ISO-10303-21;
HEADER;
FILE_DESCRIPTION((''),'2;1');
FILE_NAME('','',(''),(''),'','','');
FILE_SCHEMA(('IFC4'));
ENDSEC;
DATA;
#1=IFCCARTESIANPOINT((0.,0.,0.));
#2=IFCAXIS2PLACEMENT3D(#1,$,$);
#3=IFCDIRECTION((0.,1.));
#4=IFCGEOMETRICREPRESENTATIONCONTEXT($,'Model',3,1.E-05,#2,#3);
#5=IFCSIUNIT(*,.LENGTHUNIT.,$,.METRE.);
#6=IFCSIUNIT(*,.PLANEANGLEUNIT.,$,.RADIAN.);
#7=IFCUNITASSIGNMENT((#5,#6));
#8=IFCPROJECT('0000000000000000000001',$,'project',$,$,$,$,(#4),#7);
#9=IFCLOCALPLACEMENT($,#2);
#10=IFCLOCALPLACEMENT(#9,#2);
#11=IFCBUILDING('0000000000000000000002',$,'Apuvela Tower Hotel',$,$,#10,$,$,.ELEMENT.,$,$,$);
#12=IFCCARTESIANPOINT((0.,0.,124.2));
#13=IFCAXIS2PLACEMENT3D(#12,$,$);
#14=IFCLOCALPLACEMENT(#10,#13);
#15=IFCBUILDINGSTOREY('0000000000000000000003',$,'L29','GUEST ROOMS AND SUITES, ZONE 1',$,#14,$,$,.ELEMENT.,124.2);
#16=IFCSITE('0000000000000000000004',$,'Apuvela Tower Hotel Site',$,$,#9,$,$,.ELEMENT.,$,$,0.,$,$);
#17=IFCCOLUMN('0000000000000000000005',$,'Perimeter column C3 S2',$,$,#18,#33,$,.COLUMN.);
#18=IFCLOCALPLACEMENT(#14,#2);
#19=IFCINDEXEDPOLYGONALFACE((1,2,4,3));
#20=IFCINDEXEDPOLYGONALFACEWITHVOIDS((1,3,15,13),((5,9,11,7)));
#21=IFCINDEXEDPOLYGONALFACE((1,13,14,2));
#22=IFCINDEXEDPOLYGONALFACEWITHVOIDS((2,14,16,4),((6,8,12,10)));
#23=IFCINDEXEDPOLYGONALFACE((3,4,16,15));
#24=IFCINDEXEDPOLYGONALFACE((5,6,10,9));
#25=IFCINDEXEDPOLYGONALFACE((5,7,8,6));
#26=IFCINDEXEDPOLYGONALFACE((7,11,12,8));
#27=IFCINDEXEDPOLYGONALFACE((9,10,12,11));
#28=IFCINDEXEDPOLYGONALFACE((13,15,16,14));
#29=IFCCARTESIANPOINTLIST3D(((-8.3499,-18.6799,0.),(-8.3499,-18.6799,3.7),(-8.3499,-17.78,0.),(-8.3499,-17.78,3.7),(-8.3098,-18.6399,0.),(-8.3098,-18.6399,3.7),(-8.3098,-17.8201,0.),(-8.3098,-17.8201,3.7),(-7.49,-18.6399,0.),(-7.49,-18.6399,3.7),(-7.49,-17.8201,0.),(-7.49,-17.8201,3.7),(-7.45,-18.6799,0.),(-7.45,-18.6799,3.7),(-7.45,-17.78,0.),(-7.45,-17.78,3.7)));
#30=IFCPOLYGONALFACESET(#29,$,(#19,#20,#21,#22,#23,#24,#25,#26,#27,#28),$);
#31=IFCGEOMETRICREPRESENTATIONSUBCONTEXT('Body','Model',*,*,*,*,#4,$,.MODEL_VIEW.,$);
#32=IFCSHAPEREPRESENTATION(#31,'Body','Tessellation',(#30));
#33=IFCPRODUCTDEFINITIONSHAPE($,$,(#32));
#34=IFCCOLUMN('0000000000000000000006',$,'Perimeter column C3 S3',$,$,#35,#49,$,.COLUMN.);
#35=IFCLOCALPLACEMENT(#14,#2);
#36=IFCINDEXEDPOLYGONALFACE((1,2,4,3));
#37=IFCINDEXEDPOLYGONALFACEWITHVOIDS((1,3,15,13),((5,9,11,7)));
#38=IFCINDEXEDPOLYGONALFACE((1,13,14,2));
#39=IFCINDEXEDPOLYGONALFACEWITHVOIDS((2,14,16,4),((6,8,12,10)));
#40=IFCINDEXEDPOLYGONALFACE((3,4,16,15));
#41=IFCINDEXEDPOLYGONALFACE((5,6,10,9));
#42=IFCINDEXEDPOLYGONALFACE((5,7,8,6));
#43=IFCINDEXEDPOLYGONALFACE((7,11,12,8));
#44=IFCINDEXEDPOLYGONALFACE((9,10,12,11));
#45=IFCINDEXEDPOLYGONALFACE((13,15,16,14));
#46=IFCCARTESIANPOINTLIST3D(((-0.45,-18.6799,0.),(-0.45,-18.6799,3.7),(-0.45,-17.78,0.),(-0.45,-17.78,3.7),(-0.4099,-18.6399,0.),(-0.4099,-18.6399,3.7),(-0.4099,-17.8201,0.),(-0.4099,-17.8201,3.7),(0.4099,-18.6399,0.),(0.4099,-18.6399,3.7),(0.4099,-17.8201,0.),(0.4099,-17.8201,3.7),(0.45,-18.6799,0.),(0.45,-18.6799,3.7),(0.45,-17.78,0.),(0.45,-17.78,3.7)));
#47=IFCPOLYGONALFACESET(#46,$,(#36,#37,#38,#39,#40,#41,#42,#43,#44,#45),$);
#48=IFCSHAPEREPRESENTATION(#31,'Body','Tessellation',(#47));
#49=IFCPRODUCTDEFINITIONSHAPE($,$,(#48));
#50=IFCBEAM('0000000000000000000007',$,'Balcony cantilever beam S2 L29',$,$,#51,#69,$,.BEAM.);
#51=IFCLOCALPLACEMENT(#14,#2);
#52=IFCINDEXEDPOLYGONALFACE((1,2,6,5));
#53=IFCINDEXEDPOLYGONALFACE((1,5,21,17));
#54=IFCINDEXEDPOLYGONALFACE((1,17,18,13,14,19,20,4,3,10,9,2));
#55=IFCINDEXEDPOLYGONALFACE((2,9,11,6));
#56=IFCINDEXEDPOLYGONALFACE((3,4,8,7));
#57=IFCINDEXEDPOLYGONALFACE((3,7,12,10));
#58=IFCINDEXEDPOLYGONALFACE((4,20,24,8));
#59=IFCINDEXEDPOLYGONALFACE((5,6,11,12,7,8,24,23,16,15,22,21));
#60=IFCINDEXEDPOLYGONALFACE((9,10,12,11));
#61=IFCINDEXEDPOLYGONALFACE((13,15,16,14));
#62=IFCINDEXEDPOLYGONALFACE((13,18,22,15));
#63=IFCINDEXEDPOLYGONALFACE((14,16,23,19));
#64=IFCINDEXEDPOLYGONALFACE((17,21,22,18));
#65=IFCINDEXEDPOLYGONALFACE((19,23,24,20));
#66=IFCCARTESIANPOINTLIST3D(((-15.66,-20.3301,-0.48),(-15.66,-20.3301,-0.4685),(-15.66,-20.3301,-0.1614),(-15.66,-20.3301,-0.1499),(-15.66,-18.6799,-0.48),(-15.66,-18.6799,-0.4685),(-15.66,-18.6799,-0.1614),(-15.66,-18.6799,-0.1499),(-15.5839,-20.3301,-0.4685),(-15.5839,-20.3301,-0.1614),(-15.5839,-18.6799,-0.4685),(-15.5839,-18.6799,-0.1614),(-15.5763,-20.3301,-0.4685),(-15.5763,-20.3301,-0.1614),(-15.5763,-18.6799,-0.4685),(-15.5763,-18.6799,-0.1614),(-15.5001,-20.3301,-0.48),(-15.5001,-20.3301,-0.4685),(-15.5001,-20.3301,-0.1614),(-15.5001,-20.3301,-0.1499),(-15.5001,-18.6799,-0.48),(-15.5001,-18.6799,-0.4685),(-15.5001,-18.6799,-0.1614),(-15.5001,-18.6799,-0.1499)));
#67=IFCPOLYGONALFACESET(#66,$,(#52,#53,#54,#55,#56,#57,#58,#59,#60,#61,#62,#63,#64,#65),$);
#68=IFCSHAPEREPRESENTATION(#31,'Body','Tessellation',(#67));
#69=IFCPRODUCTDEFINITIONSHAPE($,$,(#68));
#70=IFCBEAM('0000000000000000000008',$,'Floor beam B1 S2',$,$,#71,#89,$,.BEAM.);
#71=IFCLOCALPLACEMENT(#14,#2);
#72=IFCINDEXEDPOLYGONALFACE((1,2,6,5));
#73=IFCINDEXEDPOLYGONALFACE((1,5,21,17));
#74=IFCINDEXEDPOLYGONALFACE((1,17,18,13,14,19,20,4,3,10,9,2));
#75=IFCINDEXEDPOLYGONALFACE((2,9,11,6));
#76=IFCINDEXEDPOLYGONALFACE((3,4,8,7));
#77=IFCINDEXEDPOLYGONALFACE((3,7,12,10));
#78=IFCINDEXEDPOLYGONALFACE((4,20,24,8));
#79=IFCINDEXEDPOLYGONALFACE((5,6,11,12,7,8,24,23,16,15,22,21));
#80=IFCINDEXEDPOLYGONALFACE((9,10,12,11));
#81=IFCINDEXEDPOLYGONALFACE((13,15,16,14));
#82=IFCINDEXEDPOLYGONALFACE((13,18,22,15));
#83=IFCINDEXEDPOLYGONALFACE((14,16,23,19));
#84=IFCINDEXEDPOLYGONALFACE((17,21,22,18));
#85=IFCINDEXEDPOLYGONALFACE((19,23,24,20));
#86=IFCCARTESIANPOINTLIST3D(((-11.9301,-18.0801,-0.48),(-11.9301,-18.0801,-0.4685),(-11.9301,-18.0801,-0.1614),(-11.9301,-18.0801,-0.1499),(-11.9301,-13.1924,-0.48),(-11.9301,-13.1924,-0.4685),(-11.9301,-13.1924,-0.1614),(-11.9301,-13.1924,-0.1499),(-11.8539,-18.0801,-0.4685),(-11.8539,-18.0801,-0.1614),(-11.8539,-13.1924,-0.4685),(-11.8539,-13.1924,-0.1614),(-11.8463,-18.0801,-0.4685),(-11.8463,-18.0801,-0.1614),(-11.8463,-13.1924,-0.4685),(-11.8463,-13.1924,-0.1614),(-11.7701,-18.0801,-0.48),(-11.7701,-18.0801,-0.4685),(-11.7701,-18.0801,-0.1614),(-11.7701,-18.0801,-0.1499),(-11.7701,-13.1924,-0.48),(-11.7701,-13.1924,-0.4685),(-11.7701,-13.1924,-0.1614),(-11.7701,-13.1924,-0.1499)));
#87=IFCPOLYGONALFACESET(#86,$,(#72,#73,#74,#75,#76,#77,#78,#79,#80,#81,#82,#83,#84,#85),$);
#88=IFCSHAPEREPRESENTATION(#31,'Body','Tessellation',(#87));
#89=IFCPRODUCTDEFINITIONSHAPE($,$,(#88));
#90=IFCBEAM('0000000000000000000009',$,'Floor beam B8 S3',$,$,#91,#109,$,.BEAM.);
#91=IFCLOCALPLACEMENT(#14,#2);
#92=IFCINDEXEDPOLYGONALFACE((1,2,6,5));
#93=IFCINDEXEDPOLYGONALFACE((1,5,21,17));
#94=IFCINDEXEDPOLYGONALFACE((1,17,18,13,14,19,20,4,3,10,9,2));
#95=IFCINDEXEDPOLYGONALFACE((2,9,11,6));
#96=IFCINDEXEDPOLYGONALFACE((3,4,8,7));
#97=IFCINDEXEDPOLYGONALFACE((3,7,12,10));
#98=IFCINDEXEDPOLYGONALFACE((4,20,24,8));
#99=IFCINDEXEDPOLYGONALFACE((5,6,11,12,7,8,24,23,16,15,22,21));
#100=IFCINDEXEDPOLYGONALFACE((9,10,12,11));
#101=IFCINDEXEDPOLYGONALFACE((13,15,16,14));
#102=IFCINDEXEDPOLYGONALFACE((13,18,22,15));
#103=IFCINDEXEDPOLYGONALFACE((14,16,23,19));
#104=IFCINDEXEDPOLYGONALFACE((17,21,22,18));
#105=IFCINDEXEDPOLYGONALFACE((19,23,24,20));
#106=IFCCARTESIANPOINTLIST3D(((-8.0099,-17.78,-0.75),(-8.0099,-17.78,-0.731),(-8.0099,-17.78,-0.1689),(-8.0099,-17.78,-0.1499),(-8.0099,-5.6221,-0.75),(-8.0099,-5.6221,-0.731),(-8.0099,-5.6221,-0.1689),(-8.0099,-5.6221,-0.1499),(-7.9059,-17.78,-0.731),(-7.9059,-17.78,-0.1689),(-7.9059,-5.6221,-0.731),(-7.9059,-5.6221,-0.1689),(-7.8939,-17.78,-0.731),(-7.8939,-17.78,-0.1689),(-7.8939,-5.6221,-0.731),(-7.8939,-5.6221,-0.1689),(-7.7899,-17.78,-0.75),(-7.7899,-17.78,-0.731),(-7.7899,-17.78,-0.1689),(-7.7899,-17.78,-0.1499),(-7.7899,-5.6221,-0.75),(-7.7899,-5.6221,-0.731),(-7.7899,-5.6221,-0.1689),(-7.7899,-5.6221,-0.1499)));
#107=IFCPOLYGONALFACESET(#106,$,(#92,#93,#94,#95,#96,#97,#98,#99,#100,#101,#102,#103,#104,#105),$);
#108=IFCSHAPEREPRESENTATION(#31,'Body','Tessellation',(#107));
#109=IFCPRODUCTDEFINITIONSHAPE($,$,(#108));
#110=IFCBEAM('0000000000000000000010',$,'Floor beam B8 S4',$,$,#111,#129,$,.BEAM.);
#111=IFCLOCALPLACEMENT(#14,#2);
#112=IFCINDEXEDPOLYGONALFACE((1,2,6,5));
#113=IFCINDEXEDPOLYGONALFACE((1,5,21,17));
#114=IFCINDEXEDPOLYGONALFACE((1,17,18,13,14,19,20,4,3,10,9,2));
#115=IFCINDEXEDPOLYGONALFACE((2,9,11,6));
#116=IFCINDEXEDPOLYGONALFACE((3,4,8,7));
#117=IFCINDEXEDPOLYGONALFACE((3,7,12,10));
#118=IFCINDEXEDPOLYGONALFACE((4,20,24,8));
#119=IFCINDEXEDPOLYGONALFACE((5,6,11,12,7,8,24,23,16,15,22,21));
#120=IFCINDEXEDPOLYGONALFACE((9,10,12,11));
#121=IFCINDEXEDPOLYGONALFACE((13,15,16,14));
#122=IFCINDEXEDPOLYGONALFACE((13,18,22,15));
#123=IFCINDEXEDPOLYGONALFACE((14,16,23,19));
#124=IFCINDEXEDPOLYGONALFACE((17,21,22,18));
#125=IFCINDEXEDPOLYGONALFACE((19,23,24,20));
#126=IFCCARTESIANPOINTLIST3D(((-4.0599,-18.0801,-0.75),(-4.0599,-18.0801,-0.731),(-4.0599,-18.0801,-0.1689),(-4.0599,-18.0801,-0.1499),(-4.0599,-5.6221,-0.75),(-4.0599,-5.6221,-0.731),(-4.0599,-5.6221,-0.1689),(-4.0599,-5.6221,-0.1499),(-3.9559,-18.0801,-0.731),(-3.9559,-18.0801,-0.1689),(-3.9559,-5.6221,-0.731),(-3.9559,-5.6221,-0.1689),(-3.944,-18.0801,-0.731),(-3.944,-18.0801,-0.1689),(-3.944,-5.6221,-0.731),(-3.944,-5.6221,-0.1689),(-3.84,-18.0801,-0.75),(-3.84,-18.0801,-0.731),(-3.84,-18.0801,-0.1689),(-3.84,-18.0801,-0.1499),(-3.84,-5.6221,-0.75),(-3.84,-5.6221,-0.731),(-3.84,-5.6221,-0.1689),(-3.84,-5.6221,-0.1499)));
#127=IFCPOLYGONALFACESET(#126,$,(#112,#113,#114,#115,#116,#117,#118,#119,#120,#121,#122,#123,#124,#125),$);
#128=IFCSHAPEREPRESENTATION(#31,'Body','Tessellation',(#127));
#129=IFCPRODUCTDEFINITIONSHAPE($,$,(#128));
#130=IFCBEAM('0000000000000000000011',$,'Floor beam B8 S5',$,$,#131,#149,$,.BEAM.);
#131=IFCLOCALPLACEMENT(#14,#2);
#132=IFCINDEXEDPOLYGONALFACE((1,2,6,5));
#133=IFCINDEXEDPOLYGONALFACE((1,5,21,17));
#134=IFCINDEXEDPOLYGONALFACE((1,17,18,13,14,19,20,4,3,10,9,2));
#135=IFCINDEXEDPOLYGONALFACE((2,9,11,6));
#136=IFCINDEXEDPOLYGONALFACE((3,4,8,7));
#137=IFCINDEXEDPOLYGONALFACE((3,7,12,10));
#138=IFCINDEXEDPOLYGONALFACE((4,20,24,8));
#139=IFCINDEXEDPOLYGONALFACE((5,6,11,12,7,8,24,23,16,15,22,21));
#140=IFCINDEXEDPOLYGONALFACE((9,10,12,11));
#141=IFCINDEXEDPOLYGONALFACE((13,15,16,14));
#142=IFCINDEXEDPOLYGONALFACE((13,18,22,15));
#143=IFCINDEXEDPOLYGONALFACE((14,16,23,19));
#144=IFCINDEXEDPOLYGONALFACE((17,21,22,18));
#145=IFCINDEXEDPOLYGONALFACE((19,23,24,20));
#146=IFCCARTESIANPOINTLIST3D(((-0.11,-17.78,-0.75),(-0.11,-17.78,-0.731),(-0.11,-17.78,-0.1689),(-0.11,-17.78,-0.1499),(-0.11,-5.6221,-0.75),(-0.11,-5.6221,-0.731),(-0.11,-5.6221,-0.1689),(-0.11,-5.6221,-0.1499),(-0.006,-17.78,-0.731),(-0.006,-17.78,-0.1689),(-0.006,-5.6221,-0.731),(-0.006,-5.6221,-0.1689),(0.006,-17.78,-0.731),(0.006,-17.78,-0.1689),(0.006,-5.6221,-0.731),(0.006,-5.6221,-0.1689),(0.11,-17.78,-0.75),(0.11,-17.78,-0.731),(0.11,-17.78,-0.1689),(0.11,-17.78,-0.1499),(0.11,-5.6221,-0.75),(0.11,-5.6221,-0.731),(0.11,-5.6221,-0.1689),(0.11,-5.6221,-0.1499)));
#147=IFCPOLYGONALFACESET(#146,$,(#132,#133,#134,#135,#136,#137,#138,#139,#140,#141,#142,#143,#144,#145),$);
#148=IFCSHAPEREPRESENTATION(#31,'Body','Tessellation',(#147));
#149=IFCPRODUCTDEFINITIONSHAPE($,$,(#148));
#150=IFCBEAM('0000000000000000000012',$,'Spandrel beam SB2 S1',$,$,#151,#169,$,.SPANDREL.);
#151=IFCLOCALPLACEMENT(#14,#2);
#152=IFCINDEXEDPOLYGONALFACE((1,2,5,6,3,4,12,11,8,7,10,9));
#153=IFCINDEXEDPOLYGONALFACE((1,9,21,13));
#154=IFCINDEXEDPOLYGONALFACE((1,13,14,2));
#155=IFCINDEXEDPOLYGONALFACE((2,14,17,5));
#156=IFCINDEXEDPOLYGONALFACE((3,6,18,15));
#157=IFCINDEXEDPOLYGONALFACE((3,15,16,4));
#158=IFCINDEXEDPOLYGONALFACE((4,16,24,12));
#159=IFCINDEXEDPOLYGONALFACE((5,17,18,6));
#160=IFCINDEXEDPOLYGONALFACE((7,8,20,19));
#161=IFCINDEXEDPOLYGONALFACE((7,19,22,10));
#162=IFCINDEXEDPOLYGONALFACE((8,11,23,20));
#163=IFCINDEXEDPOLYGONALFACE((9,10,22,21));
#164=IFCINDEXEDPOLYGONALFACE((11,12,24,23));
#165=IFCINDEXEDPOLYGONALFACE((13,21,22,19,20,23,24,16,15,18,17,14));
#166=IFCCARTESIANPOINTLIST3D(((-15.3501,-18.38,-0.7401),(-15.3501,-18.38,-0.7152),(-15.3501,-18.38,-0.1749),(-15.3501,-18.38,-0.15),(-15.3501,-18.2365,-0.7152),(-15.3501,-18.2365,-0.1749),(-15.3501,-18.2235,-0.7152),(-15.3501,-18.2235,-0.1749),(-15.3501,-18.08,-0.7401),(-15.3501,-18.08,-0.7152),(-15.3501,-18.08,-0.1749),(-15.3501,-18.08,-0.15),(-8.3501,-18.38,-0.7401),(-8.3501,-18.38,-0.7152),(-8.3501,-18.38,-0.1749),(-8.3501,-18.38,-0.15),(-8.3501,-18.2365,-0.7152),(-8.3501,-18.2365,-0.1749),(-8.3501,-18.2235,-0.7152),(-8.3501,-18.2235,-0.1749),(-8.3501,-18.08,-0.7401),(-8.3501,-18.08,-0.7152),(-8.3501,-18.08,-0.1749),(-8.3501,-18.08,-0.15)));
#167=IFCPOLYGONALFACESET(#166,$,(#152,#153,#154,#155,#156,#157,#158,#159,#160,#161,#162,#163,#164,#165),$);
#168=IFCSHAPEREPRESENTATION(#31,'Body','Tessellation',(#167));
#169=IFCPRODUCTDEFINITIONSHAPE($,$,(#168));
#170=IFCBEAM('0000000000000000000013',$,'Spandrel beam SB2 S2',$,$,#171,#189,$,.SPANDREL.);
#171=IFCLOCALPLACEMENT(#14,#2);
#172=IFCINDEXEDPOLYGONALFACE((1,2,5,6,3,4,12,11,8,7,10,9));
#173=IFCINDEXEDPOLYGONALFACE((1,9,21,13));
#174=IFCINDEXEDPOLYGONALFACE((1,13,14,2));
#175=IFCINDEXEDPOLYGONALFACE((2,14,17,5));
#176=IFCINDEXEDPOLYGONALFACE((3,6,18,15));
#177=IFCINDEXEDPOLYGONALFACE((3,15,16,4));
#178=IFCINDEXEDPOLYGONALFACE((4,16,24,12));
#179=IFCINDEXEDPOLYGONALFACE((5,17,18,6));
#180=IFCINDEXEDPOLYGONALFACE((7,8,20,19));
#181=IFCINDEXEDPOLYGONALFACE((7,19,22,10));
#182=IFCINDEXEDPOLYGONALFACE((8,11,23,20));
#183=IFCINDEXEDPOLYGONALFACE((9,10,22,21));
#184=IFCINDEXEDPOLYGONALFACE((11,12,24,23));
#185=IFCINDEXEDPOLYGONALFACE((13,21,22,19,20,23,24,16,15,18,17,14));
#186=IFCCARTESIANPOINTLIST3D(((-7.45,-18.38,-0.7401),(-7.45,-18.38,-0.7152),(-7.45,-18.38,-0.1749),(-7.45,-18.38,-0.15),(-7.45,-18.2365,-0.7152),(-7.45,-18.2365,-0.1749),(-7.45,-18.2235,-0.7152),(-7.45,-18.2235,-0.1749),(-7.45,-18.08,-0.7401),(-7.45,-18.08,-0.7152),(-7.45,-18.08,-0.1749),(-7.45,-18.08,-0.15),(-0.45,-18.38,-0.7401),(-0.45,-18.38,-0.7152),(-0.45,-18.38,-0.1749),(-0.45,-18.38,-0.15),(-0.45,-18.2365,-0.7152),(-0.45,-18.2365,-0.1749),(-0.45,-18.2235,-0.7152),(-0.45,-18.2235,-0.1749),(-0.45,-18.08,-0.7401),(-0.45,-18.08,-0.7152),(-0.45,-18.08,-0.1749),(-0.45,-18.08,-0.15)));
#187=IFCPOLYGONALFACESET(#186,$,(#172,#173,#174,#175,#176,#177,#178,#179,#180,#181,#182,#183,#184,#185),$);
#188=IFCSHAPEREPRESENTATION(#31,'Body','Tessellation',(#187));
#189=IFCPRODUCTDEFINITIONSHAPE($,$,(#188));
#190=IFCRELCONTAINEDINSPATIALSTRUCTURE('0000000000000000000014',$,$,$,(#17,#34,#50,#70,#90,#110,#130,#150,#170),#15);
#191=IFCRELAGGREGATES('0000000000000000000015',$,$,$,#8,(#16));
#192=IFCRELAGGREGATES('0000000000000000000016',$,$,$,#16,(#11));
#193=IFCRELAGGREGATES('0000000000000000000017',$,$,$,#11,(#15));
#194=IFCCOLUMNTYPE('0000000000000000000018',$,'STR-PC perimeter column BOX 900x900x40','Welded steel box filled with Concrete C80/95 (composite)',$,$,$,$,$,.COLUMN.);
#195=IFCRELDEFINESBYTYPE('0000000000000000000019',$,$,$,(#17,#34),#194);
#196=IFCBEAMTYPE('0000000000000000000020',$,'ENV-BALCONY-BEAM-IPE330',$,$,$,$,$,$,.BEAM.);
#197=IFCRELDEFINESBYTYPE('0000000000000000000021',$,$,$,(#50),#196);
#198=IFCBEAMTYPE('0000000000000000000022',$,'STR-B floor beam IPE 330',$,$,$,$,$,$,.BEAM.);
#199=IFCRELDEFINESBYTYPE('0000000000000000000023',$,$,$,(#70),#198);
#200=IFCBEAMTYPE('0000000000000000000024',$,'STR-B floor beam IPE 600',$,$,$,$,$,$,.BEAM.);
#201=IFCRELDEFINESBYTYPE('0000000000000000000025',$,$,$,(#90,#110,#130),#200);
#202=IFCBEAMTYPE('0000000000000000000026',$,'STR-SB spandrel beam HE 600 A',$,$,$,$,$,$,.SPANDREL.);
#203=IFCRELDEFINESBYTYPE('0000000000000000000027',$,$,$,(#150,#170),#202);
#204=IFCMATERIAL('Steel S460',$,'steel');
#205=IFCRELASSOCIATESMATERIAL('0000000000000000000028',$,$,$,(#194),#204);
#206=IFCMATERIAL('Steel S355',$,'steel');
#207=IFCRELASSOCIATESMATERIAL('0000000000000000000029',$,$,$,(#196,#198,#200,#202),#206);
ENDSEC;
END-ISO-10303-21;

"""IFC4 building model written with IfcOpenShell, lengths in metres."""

from ifc_helpers import new_model, si_unit, direction, frame, origin, origin_2d, place, context, subcontext, project, spatial, rectangle, hollow_rectangle, i_section, extrude, material, material_profile, profile_set, type_object, element, save


model = new_model("IFC4")

# Units and contexts
model_context = context("Model", 3, precision=1e-05, world=origin(), true_north=direction((0.0, 1.0)))
body_context = subcontext(model_context, "Body", "Model", "MODEL_VIEW")
ifc_project = project(units=[si_unit("LENGTHUNIT", "METRE"), si_unit("PLANEANGLEUNIT", "RADIAN")], contexts=[model_context])

# Site, building, storey
site_placement = place(None, origin())
site = spatial("IfcSite", under=ifc_project, at=site_placement, Name="Apuvela Tower Hotel Site", CompositionType="ELEMENT", RefElevation=0.0)
building_placement = place(site_placement, origin())
building = spatial("IfcBuilding", under=site, at=building_placement, Name="Apuvela Tower Hotel", CompositionType="ELEMENT")
storey_placement = place(building_placement, frame((0.0, 0.0, 124.2)))
storey = spatial("IfcBuildingStorey", under=building, at=storey_placement, Name="L29", Description="GUEST ROOMS AND SUITES, ZONE 1", CompositionType="ELEMENT", Elevation=124.2)

# Columns
ifc_material_1 = material(Name="Steel S460", Category="steel")
ifc_material_profile_1 = material_profile(ifc_material_1, hollow_rectangle(XDim=0.8999, YDim=0.8999, WallThickness=0.04, at=origin_2d()), Name="BOX 900x900x40")
ifc_material_2 = material(Name="Concrete C80/95", Category="concrete")
ifc_material_profile_2 = material_profile(ifc_material_2, rectangle(XDim=0.8201, YDim=0.8201, at=origin_2d()), Name="Concrete C80/95 infill")
ifc_profile_set_1 = profile_set([ifc_material_profile_1, ifc_material_profile_2], Name="Steel S460")
column_type = type_object("IfcColumnType", Name="STR-PC perimeter column BOX 900x900x40", Description="Welded steel box filled with Concrete C80/95 (composite)", PredefinedType="COLUMN", material=ifc_profile_set_1)
for number, where, z_axis, x_axis, name in (
    (1, (-7.8999, -18.23, 0.0), (0.0, 0.0, 1.0), (-1.0, 0.0, 0.0), "Perimeter column C3 S2"),
    (2, (0.0, -18.23, 0.0), (0.0, 0.0, 1.0), (-1.0, 0.0, 0.0), "Perimeter column C3 S3"),
):
    element("IfcColumn", number, at=place(storey_placement, frame(where, z_axis=z_axis, x_axis=x_axis)), inside=storey, type_object=column_type, Name=name, PredefinedType="COLUMN", context=body_context, shape_type="SweptSolid", body=[
        extrude(hollow_rectangle(XDim=0.8999, YDim=0.8999, WallThickness=0.04, at=origin_2d()), origin(), (0.0, 0.0, 1.0), 3.7),
    ])

# Beams
ifc_material_3 = material(Name="Steel S355", Category="steel")
ifc_material_profile_3 = material_profile(ifc_material_3, i_section(OverallWidth=0.1599, OverallDepth=0.3301, WebThickness=0.0076, FlangeThickness=0.0115, at=origin_2d()), Name="IPE 330")
ifc_profile_set_2 = profile_set([ifc_material_profile_3], Name="Steel S355")
beam_type_1 = type_object("IfcBeamType", Name="ENV-BALCONY-BEAM-IPE330", PredefinedType="BEAM", material=ifc_profile_set_2)
beam_1_placement = place(storey_placement, frame((-15.5801, -18.6799, -0.3149), z_axis=(0.0, -1.0, 0.0), x_axis=(1.0, 0.0, 0.0)))
element("IfcBeam", 3, at=beam_1_placement, inside=storey, type_object=beam_type_1, Name="Balcony cantilever beam S2 L29", PredefinedType="BEAM", context=body_context, shape_type="SweptSolid", body=[
    extrude(i_section(OverallWidth=0.1599, OverallDepth=0.3301, WebThickness=0.0076, FlangeThickness=0.0115, at=origin_2d()), origin(), (0.0, 0.0, 1.0), 1.6501),
])
ifc_material_profile_4 = material_profile(ifc_material_3, i_section(OverallWidth=0.1599, OverallDepth=0.3301, WebThickness=0.0076, FlangeThickness=0.0115, at=origin_2d()), Name="IPE 330")
ifc_profile_set_3 = profile_set([ifc_material_profile_4], Name="Steel S355")
beam_type_2 = type_object("IfcBeamType", Name="STR-B floor beam IPE 330", PredefinedType="BEAM", material=ifc_profile_set_3)
beam_2_placement = place(storey_placement, frame((-11.8501, -18.0801, -0.3149), z_axis=(0.0, 1.0, 0.0), x_axis=(-1.0, 0.0, 0.0)))
element("IfcBeam", 4, at=beam_2_placement, inside=storey, type_object=beam_type_2, Name="Floor beam B1 S2", PredefinedType="BEAM", context=body_context, shape_type="SweptSolid", body=[
    extrude(i_section(OverallWidth=0.1599, OverallDepth=0.3301, WebThickness=0.0076, FlangeThickness=0.0115, at=origin_2d()), origin(), (0.0, 0.0, 1.0), 4.8877),
])
ifc_material_profile_5 = material_profile(ifc_material_3, i_section(OverallWidth=0.22, OverallDepth=0.6001, WebThickness=0.012, FlangeThickness=0.019, at=origin_2d()), Name="IPE 600")
ifc_profile_set_4 = profile_set([ifc_material_profile_5], Name="Steel S355")
beam_type_3 = type_object("IfcBeamType", Name="STR-B floor beam IPE 600", PredefinedType="BEAM", material=ifc_profile_set_4)
beam_3_placement = place(storey_placement, frame((-7.8999, -17.78, -0.45), z_axis=(0.0, 1.0, 0.0), x_axis=(-1.0, 0.0, 0.0)))
element("IfcBeam", 5, at=beam_3_placement, inside=storey, type_object=beam_type_3, Name="Floor beam B8 S3", PredefinedType="BEAM", context=body_context, shape_type="SweptSolid", body=[
    extrude(i_section(OverallWidth=0.22, OverallDepth=0.6001, WebThickness=0.012, FlangeThickness=0.019, at=origin_2d()), origin(), (0.0, 0.0, 1.0), 12.158),
])
beam_4_placement = place(storey_placement, frame((-3.95, -18.0801, -0.45), z_axis=(0.0, 1.0, 0.0), x_axis=(-1.0, 0.0, 0.0)))
element("IfcBeam", 6, at=beam_4_placement, inside=storey, type_object=beam_type_3, Name="Floor beam B8 S4", PredefinedType="BEAM", context=body_context, shape_type="SweptSolid", body=[
    extrude(i_section(OverallWidth=0.22, OverallDepth=0.6001, WebThickness=0.012, FlangeThickness=0.019, at=origin_2d()), origin(), (0.0, 0.0, 1.0), 12.458),
])
beam_5_placement = place(storey_placement, frame((0.0, -17.78, -0.45), z_axis=(0.0, 1.0, 0.0), x_axis=(-1.0, 0.0, 0.0)))
element("IfcBeam", 7, at=beam_5_placement, inside=storey, type_object=beam_type_3, Name="Floor beam B8 S5", PredefinedType="BEAM", context=body_context, shape_type="SweptSolid", body=[
    extrude(i_section(OverallWidth=0.22, OverallDepth=0.6001, WebThickness=0.012, FlangeThickness=0.019, at=origin_2d()), origin(), (0.0, 0.0, 1.0), 12.158),
])
ifc_material_profile_6 = material_profile(ifc_material_3, i_section(OverallWidth=0.3, OverallDepth=0.5901, WebThickness=0.0129, FlangeThickness=0.0249, at=origin_2d()), Name="HE 600 A")
ifc_profile_set_5 = profile_set([ifc_material_profile_6], Name="Steel S355")
beam_type_4 = type_object("IfcBeamType", Name="STR-SB spandrel beam HE 600 A", PredefinedType="SPANDREL", material=ifc_profile_set_5)
for number, where, z_axis, x_axis, name in (
    (8, (-15.3501, -18.23, -0.4451), (1.0, 0.0, 0.0), (0.0, 1.0, 0.0), "Spandrel beam SB2 S1"),
    (9, (-7.45, -18.23, -0.4451), (1.0, 0.0, 0.0), (0.0, 1.0, 0.0), "Spandrel beam SB2 S2"),
):
    element("IfcBeam", number, at=place(storey_placement, frame(where, z_axis=z_axis, x_axis=x_axis)), inside=storey, type_object=beam_type_4, Name=name, PredefinedType="SPANDREL", context=body_context, shape_type="SweptSolid", body=[
        extrude(i_section(OverallWidth=0.3, OverallDepth=0.5901, WebThickness=0.0129, FlangeThickness=0.0249, at=origin_2d()), origin(), (0.0, 0.0, 1.0), 7.0),
    ])

save(model, "model.ifc")
